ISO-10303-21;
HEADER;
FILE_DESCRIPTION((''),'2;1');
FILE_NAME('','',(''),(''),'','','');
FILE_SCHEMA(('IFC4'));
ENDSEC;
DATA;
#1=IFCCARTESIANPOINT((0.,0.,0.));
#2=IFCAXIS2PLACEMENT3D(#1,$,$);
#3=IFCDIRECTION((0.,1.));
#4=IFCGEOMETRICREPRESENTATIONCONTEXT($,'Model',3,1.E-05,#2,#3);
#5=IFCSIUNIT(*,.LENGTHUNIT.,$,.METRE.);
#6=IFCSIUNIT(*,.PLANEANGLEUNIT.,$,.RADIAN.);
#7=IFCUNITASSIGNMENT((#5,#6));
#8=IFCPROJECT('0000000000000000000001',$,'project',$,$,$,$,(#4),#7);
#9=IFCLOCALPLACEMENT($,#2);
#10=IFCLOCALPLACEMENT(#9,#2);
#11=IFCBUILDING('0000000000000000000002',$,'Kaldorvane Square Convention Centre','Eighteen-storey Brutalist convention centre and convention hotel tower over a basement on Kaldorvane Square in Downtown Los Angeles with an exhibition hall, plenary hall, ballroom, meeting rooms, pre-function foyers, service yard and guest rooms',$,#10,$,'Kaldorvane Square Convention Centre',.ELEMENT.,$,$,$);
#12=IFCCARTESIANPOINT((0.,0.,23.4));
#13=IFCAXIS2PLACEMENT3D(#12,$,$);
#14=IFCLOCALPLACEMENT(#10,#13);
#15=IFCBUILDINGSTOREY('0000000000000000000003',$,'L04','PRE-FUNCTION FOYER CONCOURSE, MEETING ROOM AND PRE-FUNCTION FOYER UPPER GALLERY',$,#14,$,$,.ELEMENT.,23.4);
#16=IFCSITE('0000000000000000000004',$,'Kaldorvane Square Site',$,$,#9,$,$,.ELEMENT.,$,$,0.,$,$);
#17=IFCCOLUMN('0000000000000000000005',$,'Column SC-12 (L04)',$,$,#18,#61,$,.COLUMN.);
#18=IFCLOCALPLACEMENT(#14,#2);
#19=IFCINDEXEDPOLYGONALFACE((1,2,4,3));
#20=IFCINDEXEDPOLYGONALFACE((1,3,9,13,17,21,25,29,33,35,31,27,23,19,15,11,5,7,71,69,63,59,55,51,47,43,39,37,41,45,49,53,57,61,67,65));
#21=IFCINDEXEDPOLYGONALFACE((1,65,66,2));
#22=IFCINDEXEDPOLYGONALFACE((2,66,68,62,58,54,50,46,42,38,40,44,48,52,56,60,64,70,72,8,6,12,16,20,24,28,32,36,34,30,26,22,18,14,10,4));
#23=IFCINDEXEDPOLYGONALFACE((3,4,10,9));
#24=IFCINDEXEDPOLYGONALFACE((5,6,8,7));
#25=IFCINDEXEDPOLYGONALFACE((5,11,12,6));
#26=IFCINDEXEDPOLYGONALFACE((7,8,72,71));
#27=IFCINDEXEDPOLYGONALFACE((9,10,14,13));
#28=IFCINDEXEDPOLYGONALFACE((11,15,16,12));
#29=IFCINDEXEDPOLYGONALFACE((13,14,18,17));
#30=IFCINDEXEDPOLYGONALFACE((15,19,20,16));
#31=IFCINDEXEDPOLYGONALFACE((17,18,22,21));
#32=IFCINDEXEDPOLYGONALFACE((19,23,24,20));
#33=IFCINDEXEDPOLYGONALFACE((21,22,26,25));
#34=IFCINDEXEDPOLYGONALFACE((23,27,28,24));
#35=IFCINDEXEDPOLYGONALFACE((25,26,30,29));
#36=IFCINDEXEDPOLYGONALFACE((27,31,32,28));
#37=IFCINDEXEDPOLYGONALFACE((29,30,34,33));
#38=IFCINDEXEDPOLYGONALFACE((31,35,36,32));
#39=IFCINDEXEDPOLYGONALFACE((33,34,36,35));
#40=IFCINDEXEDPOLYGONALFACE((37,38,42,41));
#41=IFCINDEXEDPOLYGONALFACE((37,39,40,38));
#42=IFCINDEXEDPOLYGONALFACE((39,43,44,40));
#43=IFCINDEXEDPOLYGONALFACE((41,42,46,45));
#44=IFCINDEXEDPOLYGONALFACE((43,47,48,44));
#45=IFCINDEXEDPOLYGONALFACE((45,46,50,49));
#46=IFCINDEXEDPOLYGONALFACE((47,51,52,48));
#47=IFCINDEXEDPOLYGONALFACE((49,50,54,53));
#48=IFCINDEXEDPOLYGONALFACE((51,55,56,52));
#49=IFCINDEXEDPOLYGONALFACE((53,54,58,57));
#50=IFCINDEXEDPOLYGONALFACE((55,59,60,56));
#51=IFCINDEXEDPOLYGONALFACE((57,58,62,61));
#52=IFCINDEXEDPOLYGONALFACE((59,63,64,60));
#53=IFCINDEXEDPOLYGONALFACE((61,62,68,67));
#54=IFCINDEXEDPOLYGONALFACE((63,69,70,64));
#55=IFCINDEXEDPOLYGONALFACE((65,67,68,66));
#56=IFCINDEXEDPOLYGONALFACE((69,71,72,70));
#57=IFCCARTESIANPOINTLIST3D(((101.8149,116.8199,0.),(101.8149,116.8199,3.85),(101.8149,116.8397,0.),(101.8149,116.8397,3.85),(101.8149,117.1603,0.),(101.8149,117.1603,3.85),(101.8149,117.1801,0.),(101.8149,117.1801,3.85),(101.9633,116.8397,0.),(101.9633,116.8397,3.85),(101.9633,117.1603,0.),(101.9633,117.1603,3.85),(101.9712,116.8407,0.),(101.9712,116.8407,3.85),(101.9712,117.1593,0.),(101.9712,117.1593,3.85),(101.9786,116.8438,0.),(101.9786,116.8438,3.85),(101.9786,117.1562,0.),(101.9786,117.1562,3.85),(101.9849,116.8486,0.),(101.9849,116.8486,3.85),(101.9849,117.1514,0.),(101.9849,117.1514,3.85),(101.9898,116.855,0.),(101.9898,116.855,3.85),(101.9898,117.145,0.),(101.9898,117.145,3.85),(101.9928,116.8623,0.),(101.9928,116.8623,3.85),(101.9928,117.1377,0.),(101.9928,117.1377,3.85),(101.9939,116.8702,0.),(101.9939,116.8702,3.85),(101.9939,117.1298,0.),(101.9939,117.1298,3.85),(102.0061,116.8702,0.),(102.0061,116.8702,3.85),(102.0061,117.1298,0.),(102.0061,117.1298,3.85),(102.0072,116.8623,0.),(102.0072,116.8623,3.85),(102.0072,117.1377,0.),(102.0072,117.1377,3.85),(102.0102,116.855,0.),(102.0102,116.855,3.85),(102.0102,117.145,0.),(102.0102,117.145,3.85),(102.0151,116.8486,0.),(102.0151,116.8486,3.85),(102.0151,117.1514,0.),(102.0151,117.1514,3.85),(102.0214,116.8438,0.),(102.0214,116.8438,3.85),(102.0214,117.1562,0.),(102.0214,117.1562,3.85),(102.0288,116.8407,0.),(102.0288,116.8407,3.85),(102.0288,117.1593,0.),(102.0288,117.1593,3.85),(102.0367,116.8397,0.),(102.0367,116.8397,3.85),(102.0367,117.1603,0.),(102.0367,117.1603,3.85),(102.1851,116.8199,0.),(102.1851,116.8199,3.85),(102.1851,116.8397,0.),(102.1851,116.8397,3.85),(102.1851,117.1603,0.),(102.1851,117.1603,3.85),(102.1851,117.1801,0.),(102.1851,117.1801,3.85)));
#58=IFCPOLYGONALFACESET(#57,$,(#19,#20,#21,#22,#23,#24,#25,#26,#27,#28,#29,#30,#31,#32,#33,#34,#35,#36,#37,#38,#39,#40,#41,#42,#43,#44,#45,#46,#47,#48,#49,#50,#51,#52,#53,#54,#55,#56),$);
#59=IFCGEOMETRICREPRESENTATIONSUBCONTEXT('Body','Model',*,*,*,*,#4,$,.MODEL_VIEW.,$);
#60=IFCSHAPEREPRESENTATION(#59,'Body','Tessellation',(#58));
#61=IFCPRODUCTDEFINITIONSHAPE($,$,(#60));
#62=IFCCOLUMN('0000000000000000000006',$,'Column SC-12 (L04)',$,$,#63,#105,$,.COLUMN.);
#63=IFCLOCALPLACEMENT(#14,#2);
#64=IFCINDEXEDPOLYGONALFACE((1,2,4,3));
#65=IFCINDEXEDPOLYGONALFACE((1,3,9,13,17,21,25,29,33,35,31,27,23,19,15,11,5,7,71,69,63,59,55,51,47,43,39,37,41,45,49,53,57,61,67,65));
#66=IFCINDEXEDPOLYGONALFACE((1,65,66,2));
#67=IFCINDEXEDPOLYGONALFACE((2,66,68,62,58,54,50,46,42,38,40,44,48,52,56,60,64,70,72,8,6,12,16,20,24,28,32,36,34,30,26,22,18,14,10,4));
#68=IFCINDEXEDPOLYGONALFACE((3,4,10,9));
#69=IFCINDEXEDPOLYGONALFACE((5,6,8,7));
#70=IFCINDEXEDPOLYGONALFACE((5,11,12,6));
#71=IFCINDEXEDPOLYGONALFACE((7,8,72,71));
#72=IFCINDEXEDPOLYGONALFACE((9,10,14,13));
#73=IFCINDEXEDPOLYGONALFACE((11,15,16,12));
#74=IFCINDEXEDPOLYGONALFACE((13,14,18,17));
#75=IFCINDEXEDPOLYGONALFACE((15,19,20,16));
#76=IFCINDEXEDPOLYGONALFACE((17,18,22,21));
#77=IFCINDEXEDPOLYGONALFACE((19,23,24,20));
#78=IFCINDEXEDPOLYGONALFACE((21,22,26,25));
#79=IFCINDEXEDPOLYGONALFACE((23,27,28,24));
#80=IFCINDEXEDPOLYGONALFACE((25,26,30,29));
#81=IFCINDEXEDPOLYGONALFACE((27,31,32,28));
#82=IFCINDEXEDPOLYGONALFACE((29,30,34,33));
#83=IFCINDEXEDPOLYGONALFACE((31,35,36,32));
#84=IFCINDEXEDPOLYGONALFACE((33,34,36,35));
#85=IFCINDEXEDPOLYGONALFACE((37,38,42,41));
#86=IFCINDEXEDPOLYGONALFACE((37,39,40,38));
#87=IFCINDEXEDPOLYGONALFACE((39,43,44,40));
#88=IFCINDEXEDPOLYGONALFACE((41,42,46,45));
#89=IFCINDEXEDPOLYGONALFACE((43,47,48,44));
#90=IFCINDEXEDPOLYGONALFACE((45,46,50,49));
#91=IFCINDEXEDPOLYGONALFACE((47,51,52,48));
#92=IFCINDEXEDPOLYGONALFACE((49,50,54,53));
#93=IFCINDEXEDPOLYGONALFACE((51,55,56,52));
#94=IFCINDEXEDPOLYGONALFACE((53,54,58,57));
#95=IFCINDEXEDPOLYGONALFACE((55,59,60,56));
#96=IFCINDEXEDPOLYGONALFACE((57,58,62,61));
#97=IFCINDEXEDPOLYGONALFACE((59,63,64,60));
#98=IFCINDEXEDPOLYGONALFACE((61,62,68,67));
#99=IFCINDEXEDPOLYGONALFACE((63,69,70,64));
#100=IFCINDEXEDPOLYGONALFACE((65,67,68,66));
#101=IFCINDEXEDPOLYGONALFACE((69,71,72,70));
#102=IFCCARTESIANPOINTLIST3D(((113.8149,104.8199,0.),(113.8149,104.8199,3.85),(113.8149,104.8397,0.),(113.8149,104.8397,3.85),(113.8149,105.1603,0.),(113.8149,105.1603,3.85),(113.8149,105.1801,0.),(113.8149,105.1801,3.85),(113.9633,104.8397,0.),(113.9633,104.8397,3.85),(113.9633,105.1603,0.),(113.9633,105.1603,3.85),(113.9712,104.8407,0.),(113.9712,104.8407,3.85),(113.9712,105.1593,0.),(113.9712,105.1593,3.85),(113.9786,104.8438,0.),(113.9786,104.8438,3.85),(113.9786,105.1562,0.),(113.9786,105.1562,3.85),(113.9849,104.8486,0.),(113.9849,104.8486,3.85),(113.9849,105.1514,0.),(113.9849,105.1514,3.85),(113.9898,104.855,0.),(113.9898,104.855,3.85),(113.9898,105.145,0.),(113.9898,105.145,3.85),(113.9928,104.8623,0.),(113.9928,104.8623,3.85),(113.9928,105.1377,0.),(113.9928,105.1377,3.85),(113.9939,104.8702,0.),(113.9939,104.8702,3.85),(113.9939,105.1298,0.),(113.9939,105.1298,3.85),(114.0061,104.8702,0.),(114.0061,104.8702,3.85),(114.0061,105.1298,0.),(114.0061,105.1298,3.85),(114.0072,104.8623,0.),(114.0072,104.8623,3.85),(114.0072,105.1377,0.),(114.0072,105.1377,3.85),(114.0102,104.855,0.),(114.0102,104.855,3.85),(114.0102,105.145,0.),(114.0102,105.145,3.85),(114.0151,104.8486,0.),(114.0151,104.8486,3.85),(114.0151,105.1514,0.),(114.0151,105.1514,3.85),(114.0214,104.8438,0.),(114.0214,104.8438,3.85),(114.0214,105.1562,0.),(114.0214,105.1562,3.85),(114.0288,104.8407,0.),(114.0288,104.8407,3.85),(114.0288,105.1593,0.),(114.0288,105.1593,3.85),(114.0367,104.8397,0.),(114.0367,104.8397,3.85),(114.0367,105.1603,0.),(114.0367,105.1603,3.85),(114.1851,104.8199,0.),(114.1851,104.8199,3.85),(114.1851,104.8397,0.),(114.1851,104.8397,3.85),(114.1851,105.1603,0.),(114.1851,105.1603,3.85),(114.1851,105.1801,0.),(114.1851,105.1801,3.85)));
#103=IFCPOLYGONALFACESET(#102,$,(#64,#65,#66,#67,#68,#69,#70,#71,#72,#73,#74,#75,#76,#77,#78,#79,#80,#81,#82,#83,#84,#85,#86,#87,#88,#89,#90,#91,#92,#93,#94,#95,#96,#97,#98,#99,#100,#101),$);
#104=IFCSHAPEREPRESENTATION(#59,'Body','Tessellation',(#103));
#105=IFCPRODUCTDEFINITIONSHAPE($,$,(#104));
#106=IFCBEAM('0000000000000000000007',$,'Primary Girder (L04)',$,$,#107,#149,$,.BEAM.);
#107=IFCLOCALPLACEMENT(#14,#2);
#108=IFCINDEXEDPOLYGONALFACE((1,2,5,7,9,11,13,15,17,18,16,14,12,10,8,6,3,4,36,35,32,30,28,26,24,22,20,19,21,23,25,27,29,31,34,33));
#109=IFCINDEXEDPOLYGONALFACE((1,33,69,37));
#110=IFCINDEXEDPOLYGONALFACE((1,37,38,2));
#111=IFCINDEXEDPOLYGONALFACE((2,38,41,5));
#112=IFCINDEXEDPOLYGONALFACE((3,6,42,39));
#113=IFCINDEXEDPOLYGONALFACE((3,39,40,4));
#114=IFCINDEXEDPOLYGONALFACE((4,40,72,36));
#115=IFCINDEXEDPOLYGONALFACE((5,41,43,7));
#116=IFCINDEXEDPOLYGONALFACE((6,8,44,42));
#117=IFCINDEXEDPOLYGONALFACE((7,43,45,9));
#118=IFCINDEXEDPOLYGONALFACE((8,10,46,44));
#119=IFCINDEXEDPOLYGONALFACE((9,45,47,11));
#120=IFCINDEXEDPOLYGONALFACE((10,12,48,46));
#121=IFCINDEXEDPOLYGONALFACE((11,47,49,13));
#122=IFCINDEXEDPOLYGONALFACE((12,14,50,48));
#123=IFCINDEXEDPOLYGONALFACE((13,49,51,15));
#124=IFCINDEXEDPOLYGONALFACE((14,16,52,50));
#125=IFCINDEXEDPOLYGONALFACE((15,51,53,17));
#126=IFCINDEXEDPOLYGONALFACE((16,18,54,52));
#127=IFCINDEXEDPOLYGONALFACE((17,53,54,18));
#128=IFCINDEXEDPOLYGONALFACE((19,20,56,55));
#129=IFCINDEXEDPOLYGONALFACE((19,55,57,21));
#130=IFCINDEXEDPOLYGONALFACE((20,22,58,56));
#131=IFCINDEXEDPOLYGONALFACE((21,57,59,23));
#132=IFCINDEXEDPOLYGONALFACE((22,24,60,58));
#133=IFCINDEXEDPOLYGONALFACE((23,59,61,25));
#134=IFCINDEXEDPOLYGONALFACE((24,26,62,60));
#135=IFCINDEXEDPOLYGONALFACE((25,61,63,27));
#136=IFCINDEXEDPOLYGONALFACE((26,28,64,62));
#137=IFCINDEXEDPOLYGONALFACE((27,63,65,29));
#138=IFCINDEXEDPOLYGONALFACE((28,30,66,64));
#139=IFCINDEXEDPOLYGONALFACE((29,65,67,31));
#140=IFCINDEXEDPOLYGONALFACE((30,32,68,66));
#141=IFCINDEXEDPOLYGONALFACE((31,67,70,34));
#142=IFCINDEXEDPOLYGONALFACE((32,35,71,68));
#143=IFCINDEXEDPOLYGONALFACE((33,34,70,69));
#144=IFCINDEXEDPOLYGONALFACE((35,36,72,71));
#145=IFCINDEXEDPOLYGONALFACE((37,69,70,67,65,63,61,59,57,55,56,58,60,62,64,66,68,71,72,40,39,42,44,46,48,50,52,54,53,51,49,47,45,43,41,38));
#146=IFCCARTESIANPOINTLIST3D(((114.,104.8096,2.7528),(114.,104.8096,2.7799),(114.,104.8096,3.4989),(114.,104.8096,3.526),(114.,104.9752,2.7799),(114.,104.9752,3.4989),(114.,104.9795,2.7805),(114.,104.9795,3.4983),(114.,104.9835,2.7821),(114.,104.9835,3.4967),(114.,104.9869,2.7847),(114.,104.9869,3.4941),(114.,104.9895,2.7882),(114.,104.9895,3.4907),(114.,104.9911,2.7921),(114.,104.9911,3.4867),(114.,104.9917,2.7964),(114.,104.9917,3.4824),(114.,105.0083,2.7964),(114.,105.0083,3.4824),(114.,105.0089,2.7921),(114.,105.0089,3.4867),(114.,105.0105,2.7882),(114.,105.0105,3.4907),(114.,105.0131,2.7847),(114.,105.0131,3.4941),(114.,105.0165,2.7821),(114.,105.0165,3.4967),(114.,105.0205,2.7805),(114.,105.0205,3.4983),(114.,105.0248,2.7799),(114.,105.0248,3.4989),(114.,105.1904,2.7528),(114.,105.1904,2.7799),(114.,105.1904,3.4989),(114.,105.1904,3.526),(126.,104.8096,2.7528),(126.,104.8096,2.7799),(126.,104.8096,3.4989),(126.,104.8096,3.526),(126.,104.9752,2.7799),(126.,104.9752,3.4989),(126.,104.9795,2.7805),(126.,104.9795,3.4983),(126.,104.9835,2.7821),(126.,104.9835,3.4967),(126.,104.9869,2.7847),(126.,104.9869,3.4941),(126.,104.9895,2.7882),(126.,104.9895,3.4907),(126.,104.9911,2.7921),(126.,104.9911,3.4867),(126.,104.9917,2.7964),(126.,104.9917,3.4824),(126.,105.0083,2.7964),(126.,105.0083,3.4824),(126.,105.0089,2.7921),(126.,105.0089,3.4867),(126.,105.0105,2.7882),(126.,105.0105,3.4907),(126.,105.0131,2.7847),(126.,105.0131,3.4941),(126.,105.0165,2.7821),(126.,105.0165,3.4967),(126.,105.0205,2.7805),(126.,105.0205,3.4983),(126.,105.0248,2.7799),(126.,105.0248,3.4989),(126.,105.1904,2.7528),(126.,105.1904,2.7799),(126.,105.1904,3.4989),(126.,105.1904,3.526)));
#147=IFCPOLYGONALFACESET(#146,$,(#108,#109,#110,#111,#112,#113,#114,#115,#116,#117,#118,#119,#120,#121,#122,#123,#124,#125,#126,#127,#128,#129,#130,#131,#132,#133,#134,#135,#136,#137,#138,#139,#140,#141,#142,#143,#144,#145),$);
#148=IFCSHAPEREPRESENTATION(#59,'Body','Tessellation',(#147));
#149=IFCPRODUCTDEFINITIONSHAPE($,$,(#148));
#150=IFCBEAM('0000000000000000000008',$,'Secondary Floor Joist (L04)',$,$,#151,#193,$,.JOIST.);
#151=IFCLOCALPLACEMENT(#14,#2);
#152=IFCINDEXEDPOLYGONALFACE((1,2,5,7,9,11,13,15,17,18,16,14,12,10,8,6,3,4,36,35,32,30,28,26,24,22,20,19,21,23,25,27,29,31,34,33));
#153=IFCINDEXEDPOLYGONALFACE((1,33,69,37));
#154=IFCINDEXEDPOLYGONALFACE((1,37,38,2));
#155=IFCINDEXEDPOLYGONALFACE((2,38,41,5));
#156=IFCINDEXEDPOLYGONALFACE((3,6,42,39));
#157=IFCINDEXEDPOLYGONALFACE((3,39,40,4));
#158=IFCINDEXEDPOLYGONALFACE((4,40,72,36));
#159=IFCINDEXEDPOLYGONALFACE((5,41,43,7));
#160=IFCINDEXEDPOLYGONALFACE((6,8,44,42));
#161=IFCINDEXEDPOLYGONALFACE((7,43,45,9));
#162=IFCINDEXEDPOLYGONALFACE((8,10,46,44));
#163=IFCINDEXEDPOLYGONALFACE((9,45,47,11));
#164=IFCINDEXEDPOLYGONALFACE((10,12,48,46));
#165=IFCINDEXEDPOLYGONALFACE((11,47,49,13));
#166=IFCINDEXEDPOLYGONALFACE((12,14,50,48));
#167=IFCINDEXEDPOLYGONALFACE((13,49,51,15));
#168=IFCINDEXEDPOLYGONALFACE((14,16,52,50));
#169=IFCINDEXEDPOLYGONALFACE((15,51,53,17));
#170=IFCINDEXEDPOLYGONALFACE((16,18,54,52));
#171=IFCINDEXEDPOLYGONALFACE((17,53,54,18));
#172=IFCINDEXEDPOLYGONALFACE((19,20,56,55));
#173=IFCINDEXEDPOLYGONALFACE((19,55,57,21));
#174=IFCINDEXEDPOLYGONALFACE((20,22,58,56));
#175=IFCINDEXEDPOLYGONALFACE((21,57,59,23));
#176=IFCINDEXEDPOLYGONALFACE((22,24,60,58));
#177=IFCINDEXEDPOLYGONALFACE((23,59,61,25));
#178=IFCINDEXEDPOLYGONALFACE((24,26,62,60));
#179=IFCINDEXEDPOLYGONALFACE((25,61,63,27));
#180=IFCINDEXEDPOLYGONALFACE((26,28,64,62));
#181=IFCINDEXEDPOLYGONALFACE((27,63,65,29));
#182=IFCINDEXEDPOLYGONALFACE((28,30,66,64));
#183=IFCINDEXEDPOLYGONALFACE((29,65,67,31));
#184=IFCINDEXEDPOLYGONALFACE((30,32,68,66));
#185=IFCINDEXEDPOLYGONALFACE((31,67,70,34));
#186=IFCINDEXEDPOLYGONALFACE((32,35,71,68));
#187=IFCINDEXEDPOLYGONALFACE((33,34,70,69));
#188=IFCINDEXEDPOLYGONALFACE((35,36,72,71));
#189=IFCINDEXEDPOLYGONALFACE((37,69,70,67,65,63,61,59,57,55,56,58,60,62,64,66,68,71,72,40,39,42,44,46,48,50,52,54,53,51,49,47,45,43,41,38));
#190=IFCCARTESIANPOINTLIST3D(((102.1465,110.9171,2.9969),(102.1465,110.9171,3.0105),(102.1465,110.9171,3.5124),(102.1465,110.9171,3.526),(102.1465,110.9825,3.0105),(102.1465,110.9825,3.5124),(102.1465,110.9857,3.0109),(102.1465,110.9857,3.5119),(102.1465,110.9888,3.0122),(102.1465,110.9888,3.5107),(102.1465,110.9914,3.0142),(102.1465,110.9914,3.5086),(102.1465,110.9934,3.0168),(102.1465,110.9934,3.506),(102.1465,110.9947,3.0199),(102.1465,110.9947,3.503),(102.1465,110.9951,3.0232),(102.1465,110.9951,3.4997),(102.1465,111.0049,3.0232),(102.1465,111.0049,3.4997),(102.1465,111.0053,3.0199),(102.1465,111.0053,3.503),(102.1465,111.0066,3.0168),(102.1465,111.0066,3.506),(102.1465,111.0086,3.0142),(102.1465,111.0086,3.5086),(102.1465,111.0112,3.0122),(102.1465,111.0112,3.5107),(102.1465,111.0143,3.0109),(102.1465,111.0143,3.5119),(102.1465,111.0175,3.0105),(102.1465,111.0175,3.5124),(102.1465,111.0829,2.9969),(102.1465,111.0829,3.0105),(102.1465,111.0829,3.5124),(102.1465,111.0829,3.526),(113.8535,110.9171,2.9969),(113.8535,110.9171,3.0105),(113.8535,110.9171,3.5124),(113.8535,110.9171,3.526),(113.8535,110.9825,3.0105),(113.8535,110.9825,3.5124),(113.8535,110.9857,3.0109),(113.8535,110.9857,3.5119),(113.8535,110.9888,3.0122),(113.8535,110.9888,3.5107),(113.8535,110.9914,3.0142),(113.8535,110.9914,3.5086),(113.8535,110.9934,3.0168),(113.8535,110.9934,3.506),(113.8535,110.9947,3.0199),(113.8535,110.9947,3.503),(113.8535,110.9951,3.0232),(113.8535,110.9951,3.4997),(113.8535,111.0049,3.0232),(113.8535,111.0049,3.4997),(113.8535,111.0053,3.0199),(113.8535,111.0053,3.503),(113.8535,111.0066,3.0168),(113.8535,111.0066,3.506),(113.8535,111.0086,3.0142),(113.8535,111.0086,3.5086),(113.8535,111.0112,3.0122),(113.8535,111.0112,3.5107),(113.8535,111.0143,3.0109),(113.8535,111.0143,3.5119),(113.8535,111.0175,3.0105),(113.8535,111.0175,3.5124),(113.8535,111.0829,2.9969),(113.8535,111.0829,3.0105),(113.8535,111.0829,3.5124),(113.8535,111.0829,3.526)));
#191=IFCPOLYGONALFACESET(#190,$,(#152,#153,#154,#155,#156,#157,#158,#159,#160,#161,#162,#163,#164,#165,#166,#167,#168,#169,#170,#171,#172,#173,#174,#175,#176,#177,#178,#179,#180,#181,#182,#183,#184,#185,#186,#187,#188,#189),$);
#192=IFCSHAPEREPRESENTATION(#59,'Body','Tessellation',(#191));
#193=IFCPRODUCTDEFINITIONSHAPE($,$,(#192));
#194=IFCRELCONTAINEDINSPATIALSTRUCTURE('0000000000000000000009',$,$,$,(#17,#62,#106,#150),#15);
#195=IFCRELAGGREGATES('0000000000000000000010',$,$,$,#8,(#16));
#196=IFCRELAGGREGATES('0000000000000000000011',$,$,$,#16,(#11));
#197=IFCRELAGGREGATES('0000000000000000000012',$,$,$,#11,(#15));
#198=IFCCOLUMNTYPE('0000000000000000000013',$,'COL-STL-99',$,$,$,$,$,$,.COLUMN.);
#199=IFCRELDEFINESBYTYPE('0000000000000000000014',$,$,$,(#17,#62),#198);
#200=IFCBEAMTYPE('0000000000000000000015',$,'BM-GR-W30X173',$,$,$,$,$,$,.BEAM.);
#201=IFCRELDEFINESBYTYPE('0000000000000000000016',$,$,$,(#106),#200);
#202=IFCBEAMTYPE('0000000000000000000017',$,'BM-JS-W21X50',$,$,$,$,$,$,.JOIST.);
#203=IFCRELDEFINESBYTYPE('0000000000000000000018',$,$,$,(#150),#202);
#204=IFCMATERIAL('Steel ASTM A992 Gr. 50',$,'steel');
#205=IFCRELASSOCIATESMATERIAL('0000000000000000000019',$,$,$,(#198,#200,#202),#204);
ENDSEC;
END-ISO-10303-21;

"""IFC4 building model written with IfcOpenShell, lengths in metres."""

from ifc_helpers import new_model, si_unit, direction, frame, origin, origin_2d, place, context, subcontext, project, spatial, i_section, extrude, material, material_profile, profile_set, type_object, element, save


model = new_model("IFC4")

# Units and contexts
model_context = context("Model", 3, precision=1e-05, world=origin(), true_north=direction((0.0, 1.0)))
body_context = subcontext(model_context, "Body", "Model", "MODEL_VIEW")
ifc_project = project(units=[si_unit("LENGTHUNIT", "METRE"), si_unit("PLANEANGLEUNIT", "RADIAN")], contexts=[model_context])

# Site, building, storey
site_placement = place(None, origin())
site = spatial("IfcSite", under=ifc_project, at=site_placement, Name="Kaldorvane Square Site", CompositionType="ELEMENT", RefElevation=0.0)
building_placement = place(site_placement, origin())
building = spatial("IfcBuilding", under=site, at=building_placement, Name="Kaldorvane Square Convention Centre", Description="Eighteen-storey Brutalist convention centre and convention hotel tower over a basement on Kaldorvane Square in Downtown Los Angeles with an exhibition hall, plenary hall, ballroom, meeting rooms, pre-function foyers, service yard and guest rooms", LongName="Kaldorvane Square Convention Centre", CompositionType="ELEMENT")
storey_placement = place(building_placement, frame((0.0, 0.0, 23.4)))
storey = spatial("IfcBuildingStorey", under=building, at=storey_placement, Name="L04", Description="PRE-FUNCTION FOYER CONCOURSE, MEETING ROOM AND PRE-FUNCTION FOYER UPPER GALLERY", CompositionType="ELEMENT", Elevation=23.4)

# Columns
ifc_material_1 = material(Name="Steel ASTM A992 Gr. 50", Category="steel")
ifc_material_profile_1 = material_profile(ifc_material_1, i_section(OverallWidth=0.3701, OverallDepth=0.3602, WebThickness=0.0123, FlangeThickness=0.0198, FilletRadius=0.0305, at=origin_2d()), Name="W14X99")
ifc_profile_set_1 = profile_set([ifc_material_profile_1], Name="Steel ASTM A992 Gr. 50")
column_type = type_object("IfcColumnType", Name="COL-STL-99", PredefinedType="COLUMN", material=ifc_profile_set_1)
for number, where, z_axis, x_axis, name in (
    (1, (102.0, 117.0, 0.0), (0.0, 0.0, 1.0), (1.0, 0.0, 0.0), "Column SC-12 (L04)"),
    (2, (114.0, 105.0, 0.0), (0.0, 0.0, 1.0), (1.0, 0.0, 0.0), "Column SC-12 (L04)"),
):
    element("IfcColumn", number, at=place(storey_placement, frame(where, z_axis=z_axis, x_axis=x_axis)), inside=storey, type_object=column_type, Name=name, PredefinedType="COLUMN", context=body_context, shape_type="SweptSolid", body=[
        extrude(i_section(OverallWidth=0.3701, OverallDepth=0.3602, WebThickness=0.0123, FlangeThickness=0.0198, FilletRadius=0.0305, at=origin_2d()), origin(), (0.0, 0.0, 1.0), 3.85),
    ])

# Beams
ifc_material_profile_2 = material_profile(ifc_material_1, i_section(OverallWidth=0.3807, OverallDepth=0.7732, WebThickness=0.0166, FlangeThickness=0.0271, FilletRadius=0.0165, at=origin_2d()), Name="W30X173")
ifc_profile_set_2 = profile_set([ifc_material_profile_2], Name="Steel ASTM A992 Gr. 50")
beam_type_1 = type_object("IfcBeamType", Name="BM-GR-W30X173", PredefinedType="BEAM", material=ifc_profile_set_2)
beam_1_placement = place(storey_placement, frame((114.0, 105.0, 3.1394), z_axis=(1.0, 0.0, 0.0), x_axis=(0.0, 1.0, 0.0)))
element("IfcBeam", 3, at=beam_1_placement, inside=storey, type_object=beam_type_1, Name="Primary Girder (L04)", PredefinedType="BEAM", context=body_context, shape_type="SweptSolid", body=[
    extrude(i_section(OverallWidth=0.3807, OverallDepth=0.7732, WebThickness=0.0166, FlangeThickness=0.0271, FilletRadius=0.0165, at=origin_2d()), origin(), (0.0, 0.0, 1.0), 12.0),
])
ifc_material_profile_3 = material_profile(ifc_material_1, i_section(OverallWidth=0.1659, OverallDepth=0.5291, WebThickness=0.0097, FlangeThickness=0.0136, FilletRadius=0.0127, at=origin_2d()), Name="W21X50")
ifc_profile_set_3 = profile_set([ifc_material_profile_3], Name="Steel ASTM A992 Gr. 50")
beam_type_2 = type_object("IfcBeamType", Name="BM-JS-W21X50", PredefinedType="JOIST", material=ifc_profile_set_3)
beam_2_placement = place(storey_placement, frame((102.1465, 111.0, 3.2614), z_axis=(1.0, 0.0, 0.0), x_axis=(0.0, 1.0, 0.0)))
element("IfcBeam", 4, at=beam_2_placement, inside=storey, type_object=beam_type_2, Name="Secondary Floor Joist (L04)", PredefinedType="JOIST", context=body_context, shape_type="SweptSolid", body=[
    extrude(i_section(OverallWidth=0.1659, OverallDepth=0.5291, WebThickness=0.0097, FlangeThickness=0.0136, FilletRadius=0.0127, at=origin_2d()), origin(), (0.0, 0.0, 1.0), 11.707),
])

save(model, "model.ifc")
